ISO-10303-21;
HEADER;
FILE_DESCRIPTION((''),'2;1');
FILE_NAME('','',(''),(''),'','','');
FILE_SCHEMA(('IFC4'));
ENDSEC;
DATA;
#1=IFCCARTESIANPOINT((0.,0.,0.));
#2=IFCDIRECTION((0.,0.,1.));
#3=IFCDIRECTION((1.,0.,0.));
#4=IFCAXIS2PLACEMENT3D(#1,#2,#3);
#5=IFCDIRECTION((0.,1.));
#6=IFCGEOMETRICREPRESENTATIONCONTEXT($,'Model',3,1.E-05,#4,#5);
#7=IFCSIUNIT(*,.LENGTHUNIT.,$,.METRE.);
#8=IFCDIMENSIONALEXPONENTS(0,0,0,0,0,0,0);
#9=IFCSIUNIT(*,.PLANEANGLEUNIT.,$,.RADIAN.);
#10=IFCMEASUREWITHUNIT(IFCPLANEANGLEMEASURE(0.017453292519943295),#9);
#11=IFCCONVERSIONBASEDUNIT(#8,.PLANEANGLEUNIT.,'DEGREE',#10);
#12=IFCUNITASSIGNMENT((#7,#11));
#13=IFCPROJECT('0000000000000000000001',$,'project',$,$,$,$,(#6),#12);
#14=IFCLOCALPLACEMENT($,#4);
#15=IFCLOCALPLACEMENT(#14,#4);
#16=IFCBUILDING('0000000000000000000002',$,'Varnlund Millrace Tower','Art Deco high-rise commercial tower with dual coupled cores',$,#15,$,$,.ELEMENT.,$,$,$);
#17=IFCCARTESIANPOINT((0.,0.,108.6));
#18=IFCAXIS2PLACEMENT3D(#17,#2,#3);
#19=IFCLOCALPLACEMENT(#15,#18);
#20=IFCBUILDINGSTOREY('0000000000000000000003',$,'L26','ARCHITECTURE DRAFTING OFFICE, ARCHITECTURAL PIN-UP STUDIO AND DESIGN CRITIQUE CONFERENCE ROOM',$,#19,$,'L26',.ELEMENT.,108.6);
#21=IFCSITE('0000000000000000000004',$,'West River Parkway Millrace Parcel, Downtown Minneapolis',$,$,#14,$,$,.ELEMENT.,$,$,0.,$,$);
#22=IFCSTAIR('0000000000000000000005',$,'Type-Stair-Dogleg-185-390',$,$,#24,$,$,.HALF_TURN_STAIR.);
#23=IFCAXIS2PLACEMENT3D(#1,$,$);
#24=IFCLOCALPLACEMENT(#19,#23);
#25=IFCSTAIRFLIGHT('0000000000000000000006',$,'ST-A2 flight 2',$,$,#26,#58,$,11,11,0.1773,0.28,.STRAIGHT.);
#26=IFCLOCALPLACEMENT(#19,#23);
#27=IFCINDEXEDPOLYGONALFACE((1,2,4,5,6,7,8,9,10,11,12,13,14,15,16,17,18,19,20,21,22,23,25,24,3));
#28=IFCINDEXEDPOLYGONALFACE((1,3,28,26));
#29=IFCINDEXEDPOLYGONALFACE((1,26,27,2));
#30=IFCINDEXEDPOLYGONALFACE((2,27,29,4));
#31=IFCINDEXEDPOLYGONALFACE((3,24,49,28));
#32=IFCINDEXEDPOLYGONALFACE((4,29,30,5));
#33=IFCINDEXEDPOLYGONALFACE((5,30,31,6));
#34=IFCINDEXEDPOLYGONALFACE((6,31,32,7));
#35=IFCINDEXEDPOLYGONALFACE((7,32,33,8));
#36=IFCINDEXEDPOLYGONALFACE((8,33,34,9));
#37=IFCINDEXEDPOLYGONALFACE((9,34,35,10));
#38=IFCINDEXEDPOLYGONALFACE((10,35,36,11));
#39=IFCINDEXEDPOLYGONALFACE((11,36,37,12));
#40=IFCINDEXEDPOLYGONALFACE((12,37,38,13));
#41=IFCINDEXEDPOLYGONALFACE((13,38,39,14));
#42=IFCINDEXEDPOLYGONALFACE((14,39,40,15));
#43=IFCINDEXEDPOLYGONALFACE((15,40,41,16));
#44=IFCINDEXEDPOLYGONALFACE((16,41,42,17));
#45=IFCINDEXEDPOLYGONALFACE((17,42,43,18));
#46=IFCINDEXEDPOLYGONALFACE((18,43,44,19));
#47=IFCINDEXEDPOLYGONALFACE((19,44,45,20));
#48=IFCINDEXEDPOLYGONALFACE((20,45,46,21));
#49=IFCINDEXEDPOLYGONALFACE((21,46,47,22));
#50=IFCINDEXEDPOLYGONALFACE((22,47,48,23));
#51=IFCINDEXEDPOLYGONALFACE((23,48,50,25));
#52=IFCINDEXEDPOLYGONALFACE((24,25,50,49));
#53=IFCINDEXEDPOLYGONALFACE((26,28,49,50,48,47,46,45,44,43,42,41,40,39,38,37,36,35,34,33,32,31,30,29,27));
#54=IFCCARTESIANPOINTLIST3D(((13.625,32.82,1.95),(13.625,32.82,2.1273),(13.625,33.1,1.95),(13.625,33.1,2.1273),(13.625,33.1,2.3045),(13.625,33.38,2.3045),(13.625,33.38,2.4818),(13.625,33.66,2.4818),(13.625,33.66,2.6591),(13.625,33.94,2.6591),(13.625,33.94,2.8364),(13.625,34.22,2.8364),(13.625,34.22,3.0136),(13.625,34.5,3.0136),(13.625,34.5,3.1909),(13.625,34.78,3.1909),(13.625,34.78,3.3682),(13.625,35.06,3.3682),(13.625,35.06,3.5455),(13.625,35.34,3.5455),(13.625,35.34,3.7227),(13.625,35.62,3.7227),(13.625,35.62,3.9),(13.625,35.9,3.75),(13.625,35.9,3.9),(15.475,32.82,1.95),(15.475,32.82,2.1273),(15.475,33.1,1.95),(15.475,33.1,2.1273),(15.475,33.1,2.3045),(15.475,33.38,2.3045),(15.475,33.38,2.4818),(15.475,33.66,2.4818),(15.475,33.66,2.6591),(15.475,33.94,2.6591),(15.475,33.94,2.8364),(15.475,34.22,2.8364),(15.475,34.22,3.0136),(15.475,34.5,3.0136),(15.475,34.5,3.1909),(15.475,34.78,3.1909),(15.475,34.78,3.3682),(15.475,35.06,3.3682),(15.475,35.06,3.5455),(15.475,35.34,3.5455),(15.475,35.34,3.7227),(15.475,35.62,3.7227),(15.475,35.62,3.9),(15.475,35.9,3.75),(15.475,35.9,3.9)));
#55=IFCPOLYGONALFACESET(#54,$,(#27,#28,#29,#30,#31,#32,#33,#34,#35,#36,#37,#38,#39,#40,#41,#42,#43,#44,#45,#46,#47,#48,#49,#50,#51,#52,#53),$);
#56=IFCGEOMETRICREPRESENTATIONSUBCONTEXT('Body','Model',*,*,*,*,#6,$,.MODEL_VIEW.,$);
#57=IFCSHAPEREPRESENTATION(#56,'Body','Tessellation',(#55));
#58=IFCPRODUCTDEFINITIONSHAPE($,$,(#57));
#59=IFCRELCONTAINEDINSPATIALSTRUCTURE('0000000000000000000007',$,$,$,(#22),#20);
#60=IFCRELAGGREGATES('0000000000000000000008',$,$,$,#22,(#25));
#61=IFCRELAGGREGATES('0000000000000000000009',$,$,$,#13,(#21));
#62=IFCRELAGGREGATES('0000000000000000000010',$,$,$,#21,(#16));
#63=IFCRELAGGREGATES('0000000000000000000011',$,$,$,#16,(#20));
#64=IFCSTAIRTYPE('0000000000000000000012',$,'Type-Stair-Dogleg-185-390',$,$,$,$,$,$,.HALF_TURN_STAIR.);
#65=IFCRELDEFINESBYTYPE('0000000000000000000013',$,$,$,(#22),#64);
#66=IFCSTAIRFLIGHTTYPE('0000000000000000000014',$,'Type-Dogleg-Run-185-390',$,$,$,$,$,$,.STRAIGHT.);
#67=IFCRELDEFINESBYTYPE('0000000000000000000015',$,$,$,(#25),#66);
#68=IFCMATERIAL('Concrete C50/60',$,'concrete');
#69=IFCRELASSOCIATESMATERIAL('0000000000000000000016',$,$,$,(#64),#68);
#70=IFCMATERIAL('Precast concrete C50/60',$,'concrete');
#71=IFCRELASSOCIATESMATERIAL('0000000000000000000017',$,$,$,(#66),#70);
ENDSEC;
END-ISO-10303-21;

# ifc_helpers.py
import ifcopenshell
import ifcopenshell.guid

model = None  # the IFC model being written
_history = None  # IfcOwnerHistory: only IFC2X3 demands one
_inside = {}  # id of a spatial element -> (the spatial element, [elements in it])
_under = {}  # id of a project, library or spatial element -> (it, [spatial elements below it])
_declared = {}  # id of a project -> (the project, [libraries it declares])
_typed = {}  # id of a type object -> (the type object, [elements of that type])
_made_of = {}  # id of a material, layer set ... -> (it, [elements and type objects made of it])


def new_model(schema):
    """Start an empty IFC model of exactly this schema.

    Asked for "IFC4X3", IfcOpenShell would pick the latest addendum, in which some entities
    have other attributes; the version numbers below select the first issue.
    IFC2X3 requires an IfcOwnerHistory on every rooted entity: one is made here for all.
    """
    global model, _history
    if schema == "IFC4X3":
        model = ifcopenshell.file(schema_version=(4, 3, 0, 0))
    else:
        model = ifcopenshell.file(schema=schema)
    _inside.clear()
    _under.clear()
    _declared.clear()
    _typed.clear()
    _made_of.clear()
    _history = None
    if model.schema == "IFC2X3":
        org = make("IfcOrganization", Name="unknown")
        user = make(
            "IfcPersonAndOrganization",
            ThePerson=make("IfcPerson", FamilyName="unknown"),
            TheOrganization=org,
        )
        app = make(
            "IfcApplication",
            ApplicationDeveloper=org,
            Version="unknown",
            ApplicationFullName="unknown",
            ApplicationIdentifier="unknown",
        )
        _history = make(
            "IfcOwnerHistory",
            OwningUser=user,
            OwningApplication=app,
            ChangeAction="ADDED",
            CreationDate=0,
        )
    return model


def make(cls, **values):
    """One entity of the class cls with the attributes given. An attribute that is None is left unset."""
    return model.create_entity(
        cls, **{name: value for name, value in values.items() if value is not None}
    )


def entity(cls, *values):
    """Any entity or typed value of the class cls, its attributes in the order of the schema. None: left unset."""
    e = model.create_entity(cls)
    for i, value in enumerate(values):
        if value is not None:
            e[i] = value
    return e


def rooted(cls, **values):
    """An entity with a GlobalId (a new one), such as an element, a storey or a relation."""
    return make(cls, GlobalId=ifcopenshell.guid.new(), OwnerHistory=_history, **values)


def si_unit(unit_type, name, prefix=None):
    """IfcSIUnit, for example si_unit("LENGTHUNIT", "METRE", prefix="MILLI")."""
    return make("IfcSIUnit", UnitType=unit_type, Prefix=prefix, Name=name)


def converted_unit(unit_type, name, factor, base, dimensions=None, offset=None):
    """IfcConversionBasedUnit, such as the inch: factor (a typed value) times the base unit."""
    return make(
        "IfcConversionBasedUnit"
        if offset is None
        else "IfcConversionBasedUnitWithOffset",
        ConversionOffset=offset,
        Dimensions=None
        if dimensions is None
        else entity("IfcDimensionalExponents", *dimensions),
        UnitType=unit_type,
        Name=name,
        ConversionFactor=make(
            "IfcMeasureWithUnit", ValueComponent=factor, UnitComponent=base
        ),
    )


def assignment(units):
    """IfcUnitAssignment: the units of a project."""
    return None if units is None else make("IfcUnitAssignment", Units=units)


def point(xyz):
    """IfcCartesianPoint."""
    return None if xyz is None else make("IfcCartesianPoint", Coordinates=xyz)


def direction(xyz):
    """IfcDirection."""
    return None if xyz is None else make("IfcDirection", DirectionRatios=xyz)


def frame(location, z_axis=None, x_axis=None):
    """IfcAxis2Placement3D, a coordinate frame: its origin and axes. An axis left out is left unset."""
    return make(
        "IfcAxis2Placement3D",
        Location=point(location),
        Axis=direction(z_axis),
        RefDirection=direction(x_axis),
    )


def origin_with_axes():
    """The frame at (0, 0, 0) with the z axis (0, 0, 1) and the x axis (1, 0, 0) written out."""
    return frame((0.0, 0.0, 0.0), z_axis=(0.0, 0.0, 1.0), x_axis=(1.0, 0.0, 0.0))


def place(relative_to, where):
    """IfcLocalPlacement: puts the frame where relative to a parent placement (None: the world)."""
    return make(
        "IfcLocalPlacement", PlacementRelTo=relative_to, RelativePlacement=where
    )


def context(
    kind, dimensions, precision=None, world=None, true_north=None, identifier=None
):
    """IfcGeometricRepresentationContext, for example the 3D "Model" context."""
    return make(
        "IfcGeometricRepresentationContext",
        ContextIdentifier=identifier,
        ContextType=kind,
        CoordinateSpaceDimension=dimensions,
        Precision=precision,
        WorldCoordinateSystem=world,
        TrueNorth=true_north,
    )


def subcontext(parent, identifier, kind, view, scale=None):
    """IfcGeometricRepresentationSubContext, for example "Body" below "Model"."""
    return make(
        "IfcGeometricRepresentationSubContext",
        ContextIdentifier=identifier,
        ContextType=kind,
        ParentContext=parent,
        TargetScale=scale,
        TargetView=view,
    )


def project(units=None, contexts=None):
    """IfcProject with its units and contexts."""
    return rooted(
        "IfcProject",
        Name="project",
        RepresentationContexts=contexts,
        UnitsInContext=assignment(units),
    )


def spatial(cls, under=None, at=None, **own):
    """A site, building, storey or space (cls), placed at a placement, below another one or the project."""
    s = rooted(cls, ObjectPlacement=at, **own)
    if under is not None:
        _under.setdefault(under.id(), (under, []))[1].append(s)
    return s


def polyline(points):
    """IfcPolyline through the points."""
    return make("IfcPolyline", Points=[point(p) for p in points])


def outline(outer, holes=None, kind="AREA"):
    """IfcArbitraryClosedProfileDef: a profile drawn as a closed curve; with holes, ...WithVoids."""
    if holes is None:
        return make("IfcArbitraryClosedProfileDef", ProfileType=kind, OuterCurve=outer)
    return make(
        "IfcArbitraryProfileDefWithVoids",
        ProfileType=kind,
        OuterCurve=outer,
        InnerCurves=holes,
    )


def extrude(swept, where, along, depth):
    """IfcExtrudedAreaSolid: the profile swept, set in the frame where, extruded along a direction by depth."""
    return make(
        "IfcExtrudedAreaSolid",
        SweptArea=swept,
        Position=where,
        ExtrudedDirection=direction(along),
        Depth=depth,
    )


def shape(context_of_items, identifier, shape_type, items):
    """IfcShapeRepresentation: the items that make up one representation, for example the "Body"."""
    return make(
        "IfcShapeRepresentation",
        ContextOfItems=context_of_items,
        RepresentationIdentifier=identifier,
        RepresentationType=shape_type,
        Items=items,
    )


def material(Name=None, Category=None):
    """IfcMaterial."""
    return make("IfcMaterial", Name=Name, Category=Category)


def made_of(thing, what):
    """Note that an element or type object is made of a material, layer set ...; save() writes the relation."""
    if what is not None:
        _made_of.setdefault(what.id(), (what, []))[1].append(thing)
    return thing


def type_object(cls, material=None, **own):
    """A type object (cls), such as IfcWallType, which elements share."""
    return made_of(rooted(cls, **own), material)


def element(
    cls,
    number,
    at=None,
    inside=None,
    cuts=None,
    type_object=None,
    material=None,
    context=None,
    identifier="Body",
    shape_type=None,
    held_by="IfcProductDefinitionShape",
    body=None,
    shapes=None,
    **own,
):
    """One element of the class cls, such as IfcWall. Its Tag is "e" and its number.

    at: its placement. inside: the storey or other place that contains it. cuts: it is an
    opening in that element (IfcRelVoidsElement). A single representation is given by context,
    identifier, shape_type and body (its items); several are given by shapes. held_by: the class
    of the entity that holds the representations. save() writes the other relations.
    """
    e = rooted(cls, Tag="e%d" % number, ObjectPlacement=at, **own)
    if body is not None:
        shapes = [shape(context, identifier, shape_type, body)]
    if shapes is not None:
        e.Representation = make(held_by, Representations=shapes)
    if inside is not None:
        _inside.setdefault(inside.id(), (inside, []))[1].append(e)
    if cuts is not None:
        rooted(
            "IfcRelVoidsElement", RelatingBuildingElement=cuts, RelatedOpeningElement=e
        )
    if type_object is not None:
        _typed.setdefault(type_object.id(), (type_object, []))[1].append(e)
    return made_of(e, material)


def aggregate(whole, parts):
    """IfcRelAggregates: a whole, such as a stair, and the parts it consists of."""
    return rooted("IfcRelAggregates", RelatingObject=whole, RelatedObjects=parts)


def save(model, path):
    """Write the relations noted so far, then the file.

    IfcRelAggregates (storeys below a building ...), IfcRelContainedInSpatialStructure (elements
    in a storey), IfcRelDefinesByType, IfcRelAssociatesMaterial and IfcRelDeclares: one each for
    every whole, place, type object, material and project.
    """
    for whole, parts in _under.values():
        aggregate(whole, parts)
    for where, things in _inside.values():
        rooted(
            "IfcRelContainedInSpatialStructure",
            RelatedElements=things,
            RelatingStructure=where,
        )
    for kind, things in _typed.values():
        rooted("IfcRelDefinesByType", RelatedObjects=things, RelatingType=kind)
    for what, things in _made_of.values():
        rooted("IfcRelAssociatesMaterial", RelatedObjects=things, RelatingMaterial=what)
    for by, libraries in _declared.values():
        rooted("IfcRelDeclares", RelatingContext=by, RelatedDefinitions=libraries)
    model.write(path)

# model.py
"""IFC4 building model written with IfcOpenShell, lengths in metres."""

from ifc_helpers import new_model, entity, si_unit, converted_unit, direction, frame, origin_with_axes, place, context, subcontext, project, spatial, polyline, outline, extrude, material, type_object, element, aggregate, save


model = new_model("IFC4")

# Units and contexts
model_context = context("Model", 3, precision=1e-05, world=origin_with_axes(), true_north=direction((0.0, 1.0)))
body_context = subcontext(model_context, "Body", "Model", "MODEL_VIEW")
ifc_project = project(units=[si_unit("LENGTHUNIT", "METRE"), converted_unit("PLANEANGLEUNIT", "DEGREE", entity("IfcPlaneAngleMeasure", 0.017453292519943295), si_unit("PLANEANGLEUNIT", "RADIAN"), dimensions=[0, 0, 0, 0, 0, 0, 0])], contexts=[model_context])

# Site, building, storey
site_placement = place(None, origin_with_axes())
site = spatial("IfcSite", under=ifc_project, at=site_placement, Name="West River Parkway Millrace Parcel, Downtown Minneapolis", CompositionType="ELEMENT", RefElevation=0.0)
building_placement = place(site_placement, origin_with_axes())
building = spatial("IfcBuilding", under=site, at=building_placement, Name="Varnlund Millrace Tower", Description="Art Deco high-rise commercial tower with dual coupled cores", CompositionType="ELEMENT")
storey_placement = place(building_placement, frame((0.0, 0.0, 108.6), z_axis=(0.0, 0.0, 1.0), x_axis=(1.0, 0.0, 0.0)))
storey = spatial("IfcBuildingStorey", under=building, at=storey_placement, Name="L26", Description="ARCHITECTURE DRAFTING OFFICE, ARCHITECTURAL PIN-UP STUDIO AND DESIGN CRITIQUE CONFERENCE ROOM", LongName="L26", CompositionType="ELEMENT", Elevation=108.6)

# Shared definitions
ifc_material_1 = material(Name="Precast concrete C50/60", Category="concrete")

# Stair, stair flight
ifc_material_2 = material(Name="Concrete C50/60", Category="concrete")
stair_type = type_object("IfcStairType", Name="Type-Stair-Dogleg-185-390", PredefinedType="HALF_TURN_STAIR", material=ifc_material_2)
stair_placement = place(storey_placement, origin_with_axes())
stair = element("IfcStair", 1, at=stair_placement, inside=storey, type_object=stair_type, Name="Type-Stair-Dogleg-185-390", PredefinedType="HALF_TURN_STAIR")
stair_flight_type = type_object("IfcStairFlightType", Name="Type-Dogleg-Run-185-390", PredefinedType="STRAIGHT", material=ifc_material_1)
stair_flight_placement = place(storey_placement, frame((13.625, 32.82, 1.95), z_axis=(1.0, 0.0, 0.0), x_axis=(0.0, 1.0, 0.0)))
stair_flight = element("IfcStairFlight", 2, at=stair_flight_placement, type_object=stair_flight_type, Name="ST-A2 flight 2", NumberOfRisers=11, NumberOfTreads=11, PredefinedType="STRAIGHT", RiserHeight=0.1773, TreadLength=0.28, context=body_context, shape_type="SweptSolid", body=[
    extrude(outline(polyline([(0.0, 0.0), (0.0, 0.1773), (0.28, 0.1773), (0.28, 0.3545), (0.56, 0.3545), (0.56, 0.5318), (0.84, 0.5318), (0.84, 0.7091), (1.12, 0.7091), (1.12, 0.8864), (1.4, 0.8864), (1.4, 1.0636), (1.68, 1.0636), (1.68, 1.2409), (1.96, 1.2409), (1.96, 1.4182), (2.24, 1.4182), (2.24, 1.5955), (2.52, 1.5955), (2.52, 1.7727), (2.8, 1.7727), (2.8, 1.95), (3.08, 1.95), (3.08, 1.8), (0.28, 0.0), (0.0, 0.0)])), origin_with_axes(), (0.0, 0.0, 1.0), 1.85),
])
aggregate(stair, [stair_flight])

save(model, "model.ifc")
